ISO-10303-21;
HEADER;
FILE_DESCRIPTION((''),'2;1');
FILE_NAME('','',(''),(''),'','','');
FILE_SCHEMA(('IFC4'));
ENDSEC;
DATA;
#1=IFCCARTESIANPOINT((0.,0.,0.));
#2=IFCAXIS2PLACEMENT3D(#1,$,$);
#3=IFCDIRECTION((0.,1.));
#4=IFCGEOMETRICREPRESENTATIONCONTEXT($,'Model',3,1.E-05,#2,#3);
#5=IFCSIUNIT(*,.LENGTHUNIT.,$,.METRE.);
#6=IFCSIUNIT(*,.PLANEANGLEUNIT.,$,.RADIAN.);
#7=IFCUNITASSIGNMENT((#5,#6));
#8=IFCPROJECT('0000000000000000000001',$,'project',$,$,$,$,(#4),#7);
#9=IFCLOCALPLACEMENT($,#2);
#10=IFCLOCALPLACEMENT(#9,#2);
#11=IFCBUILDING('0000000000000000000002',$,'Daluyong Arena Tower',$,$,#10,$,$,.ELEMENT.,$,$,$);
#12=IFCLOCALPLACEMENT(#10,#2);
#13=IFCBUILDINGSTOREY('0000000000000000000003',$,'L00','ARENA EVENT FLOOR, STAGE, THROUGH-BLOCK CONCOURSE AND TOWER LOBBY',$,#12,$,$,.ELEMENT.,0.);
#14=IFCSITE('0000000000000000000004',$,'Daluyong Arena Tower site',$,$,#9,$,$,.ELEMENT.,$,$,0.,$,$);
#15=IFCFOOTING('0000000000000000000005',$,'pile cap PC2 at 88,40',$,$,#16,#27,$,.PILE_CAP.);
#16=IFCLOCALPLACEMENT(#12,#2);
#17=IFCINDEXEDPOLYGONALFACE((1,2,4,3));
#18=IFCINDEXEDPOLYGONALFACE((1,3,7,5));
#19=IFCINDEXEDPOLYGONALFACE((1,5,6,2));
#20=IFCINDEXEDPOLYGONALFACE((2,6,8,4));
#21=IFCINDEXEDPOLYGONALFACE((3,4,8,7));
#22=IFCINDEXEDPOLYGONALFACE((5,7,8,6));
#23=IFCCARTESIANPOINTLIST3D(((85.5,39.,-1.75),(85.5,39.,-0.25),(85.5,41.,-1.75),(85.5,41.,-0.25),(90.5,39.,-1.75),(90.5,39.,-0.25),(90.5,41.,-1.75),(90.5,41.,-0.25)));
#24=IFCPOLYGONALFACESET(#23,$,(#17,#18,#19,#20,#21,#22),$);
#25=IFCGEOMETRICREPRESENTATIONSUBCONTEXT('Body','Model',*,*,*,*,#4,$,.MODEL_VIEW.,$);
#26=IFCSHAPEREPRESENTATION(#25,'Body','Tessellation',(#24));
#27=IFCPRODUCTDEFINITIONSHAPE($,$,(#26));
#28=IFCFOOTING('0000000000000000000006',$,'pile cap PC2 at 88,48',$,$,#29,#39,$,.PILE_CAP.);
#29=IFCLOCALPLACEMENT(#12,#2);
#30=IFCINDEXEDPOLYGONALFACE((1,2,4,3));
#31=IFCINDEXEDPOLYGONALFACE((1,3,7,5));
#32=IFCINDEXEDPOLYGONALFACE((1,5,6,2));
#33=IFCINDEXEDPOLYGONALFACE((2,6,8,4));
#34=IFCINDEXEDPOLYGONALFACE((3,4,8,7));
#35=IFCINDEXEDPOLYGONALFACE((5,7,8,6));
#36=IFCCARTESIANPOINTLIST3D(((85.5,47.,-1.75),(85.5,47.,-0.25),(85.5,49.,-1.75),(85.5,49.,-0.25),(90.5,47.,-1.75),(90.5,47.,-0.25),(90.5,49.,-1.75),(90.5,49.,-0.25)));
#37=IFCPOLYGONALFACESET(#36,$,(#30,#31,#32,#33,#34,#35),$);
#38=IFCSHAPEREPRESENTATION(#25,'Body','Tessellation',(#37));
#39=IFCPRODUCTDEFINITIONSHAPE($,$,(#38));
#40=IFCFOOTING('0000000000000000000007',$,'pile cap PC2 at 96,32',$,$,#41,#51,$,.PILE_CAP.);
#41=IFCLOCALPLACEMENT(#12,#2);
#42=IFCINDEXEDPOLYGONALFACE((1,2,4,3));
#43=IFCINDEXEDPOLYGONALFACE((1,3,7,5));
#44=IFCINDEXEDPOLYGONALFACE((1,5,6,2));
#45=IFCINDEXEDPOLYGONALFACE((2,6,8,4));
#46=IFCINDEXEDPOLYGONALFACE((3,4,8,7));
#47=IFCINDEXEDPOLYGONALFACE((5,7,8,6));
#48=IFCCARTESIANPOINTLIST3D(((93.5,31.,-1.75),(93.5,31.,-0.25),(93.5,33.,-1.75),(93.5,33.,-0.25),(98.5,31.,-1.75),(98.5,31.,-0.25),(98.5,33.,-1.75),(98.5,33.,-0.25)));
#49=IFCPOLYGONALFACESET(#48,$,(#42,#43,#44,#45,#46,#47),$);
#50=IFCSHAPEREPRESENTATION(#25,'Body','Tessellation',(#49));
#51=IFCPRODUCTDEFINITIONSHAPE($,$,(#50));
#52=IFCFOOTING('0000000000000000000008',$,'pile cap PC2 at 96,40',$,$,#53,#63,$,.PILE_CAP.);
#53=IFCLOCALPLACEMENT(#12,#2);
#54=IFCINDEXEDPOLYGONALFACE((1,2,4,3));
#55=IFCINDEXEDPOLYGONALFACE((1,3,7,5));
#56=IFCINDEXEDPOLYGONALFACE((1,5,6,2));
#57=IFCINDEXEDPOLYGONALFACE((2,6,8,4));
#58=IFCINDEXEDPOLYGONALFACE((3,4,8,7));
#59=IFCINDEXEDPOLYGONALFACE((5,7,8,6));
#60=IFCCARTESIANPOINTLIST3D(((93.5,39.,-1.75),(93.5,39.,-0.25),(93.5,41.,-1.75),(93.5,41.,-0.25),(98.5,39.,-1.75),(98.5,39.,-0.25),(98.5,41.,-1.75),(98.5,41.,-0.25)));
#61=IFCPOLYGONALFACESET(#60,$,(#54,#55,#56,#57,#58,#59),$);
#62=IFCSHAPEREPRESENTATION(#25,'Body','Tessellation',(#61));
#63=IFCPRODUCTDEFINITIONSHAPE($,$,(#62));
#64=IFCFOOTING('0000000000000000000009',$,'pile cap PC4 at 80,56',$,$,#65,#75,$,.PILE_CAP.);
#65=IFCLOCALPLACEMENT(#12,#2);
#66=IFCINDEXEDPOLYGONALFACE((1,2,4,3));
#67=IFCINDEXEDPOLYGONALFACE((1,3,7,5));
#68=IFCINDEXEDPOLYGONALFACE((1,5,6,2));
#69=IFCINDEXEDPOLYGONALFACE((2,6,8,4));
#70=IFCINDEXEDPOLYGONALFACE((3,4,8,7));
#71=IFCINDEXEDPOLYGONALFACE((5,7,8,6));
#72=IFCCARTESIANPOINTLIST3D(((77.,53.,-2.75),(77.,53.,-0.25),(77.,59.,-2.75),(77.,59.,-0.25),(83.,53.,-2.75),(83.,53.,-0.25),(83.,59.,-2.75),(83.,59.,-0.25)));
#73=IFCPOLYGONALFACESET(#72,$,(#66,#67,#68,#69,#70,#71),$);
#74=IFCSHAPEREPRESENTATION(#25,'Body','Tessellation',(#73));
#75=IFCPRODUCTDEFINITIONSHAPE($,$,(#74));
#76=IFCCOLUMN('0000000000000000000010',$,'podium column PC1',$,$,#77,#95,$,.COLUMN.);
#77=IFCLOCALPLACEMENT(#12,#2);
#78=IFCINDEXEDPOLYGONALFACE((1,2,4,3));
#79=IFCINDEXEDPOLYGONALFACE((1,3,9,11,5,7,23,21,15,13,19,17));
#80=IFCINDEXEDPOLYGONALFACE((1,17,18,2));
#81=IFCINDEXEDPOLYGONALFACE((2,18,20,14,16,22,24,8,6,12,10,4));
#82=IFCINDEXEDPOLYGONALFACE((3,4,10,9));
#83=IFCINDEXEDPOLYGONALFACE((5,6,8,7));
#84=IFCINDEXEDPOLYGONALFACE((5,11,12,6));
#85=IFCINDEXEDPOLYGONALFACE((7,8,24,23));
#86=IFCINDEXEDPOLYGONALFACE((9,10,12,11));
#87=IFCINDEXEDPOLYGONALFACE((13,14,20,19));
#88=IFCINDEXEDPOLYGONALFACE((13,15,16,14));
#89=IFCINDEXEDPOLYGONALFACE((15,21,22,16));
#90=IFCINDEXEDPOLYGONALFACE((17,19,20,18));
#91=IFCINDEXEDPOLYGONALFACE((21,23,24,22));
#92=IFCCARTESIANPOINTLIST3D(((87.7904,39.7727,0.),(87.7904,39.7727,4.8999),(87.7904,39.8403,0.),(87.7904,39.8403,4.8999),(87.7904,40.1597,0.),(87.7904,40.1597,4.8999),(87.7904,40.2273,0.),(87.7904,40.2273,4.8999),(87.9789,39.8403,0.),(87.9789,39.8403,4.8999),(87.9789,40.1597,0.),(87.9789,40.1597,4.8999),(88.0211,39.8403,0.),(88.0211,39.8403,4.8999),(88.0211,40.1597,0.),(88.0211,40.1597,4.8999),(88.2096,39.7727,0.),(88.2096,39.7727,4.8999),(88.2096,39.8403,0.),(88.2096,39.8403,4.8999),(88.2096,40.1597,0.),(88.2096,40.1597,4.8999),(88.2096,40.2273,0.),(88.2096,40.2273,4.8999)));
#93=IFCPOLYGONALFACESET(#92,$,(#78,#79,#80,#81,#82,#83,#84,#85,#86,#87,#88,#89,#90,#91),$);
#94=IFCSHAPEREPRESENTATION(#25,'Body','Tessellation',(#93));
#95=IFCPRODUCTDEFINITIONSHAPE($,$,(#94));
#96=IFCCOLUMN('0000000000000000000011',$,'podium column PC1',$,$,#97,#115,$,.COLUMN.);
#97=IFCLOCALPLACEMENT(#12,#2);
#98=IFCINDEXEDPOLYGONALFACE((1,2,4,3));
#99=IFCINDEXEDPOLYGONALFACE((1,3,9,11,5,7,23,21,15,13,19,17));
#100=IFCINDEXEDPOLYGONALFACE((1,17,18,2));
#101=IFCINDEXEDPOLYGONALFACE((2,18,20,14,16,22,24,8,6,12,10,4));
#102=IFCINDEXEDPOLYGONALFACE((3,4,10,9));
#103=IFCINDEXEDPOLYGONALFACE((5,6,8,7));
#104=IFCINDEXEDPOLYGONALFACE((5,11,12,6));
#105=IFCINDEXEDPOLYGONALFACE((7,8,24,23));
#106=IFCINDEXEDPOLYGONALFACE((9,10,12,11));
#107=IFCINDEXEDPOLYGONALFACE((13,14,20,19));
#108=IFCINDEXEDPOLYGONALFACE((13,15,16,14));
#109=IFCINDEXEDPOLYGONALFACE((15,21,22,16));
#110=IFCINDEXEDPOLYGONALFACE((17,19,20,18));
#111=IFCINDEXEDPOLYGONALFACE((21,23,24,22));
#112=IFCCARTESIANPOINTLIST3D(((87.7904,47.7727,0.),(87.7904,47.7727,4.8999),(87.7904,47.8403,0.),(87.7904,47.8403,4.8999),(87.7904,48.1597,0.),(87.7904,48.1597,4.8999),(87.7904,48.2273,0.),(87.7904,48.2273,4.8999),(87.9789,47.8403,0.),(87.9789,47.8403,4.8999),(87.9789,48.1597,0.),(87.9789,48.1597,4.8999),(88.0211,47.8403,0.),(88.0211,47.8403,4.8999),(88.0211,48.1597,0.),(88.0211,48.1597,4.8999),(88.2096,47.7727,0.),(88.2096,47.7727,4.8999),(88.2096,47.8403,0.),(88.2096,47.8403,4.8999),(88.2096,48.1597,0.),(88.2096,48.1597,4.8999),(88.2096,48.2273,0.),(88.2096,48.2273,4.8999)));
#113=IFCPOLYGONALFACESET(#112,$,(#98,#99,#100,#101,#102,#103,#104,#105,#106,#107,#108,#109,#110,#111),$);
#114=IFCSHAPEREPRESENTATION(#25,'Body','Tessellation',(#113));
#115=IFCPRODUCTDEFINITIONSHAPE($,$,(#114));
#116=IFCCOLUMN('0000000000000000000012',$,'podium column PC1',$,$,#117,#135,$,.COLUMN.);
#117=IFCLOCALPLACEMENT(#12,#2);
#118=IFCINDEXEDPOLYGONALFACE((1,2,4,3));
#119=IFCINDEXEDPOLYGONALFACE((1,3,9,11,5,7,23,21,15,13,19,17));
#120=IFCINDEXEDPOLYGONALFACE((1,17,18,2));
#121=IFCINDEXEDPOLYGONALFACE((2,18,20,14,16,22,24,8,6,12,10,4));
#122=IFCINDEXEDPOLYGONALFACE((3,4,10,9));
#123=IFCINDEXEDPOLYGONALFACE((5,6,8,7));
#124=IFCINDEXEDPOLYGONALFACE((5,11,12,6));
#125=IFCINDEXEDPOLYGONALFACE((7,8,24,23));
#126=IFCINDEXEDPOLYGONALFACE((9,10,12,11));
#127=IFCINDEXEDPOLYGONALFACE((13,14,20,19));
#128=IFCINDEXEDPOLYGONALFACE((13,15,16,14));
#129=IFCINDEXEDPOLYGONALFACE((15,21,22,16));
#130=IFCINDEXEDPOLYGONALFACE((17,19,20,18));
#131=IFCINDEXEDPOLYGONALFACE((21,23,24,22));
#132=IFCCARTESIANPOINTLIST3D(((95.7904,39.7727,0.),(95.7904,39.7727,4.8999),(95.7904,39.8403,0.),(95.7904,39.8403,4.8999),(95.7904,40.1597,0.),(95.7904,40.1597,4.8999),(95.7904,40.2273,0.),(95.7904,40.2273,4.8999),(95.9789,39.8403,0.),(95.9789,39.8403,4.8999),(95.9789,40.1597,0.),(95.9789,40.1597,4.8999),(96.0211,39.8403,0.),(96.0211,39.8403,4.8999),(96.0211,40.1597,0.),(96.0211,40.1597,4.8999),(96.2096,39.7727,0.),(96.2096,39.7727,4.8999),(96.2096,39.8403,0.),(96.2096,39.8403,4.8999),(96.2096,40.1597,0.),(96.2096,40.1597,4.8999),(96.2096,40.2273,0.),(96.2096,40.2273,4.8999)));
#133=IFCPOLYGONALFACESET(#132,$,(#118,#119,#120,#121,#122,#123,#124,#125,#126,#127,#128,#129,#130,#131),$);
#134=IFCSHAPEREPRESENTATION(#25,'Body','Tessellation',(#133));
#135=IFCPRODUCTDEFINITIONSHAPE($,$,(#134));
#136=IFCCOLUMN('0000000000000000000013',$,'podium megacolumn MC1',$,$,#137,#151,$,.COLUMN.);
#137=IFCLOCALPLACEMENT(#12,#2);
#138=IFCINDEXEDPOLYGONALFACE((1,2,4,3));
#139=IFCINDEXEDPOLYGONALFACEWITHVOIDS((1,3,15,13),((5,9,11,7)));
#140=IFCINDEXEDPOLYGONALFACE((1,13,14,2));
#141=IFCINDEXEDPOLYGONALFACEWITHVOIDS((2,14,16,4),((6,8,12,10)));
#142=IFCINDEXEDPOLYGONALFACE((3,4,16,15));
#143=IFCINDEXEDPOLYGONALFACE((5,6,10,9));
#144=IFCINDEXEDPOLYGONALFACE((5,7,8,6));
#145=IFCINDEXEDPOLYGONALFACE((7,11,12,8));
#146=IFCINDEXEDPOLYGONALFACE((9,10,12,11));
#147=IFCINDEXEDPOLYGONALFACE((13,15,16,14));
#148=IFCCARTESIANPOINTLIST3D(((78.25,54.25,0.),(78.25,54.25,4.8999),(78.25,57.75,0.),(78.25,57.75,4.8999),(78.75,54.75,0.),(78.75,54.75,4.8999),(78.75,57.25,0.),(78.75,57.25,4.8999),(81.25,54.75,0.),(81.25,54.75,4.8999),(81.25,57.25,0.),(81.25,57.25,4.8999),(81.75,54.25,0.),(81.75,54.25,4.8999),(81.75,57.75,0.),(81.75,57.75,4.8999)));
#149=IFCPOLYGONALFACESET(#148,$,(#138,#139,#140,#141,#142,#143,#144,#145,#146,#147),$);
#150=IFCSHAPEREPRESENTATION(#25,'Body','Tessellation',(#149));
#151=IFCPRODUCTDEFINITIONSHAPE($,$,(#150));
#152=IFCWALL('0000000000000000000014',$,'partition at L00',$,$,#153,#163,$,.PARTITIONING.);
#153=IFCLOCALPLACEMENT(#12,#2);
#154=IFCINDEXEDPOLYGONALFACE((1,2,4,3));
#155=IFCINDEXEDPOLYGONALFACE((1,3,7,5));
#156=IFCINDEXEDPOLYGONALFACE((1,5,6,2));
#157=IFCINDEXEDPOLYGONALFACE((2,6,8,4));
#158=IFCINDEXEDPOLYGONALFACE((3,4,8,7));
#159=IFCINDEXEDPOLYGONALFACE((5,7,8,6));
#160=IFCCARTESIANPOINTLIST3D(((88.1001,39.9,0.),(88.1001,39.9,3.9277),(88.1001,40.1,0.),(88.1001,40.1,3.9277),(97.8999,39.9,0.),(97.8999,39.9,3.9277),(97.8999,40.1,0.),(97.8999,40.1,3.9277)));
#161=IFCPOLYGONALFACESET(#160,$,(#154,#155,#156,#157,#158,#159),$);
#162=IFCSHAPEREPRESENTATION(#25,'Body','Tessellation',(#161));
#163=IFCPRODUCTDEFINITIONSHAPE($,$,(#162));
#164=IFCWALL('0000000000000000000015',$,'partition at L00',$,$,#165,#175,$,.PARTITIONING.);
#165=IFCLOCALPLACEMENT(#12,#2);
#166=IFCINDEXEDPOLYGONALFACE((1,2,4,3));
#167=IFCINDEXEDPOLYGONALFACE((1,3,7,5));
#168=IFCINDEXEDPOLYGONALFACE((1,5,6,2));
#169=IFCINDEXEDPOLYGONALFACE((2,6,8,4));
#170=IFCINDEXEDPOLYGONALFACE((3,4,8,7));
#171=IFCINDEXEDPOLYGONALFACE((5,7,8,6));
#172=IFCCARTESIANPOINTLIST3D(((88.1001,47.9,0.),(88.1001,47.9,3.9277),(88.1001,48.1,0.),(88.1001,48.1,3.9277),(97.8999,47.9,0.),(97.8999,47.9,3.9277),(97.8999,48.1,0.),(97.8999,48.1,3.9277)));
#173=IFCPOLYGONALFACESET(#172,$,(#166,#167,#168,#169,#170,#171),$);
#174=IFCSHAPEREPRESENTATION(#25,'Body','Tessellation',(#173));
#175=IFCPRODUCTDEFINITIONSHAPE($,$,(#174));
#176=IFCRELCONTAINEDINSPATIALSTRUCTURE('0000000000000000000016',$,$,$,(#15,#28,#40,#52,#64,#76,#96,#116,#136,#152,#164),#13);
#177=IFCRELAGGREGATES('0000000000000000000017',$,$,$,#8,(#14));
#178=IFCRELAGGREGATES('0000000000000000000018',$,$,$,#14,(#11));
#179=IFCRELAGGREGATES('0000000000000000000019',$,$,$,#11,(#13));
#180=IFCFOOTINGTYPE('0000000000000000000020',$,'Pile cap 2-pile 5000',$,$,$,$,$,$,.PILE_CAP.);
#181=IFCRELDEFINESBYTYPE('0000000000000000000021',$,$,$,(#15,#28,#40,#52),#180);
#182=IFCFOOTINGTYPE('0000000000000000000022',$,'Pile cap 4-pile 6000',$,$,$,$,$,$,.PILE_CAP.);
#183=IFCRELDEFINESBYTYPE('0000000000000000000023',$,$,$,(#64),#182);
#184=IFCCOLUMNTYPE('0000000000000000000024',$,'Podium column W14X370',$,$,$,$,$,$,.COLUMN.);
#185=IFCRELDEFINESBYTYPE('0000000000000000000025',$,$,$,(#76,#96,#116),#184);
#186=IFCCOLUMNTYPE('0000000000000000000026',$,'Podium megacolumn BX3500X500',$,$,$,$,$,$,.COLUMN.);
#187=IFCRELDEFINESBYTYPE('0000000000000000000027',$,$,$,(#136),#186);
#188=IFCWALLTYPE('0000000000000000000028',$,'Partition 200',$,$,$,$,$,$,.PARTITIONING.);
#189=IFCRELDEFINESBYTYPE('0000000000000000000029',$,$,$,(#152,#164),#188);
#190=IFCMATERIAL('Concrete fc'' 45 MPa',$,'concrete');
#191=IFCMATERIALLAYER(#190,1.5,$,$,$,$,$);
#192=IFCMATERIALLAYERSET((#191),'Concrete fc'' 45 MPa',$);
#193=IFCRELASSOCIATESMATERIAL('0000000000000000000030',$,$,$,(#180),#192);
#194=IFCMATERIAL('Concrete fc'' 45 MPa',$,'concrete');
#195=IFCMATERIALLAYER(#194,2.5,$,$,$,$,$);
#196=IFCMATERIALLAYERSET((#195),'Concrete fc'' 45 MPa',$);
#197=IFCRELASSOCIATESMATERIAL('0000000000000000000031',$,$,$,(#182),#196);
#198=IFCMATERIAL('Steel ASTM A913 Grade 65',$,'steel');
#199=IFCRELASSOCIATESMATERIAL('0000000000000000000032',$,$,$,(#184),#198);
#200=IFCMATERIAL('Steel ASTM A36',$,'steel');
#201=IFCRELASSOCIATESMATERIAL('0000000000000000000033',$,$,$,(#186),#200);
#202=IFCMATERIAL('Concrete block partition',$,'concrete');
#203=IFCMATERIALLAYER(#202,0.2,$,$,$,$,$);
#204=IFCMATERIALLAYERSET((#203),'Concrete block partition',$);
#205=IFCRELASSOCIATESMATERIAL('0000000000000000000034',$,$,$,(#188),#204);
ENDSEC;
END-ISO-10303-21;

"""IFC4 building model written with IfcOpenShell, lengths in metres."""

from ifc_helpers import new_model, si_unit, direction, frame, frame_2d, origin, origin_2d, place, context, subcontext, project, spatial, rectangle, hollow_rectangle, i_section, extrude, material, layer, layer_set, material_profile, profile_set, type_object, element, save


model = new_model("IFC4")

# Units and contexts
model_context = context("Model", 3, precision=1e-05, world=origin(), true_north=direction((0.0, 1.0)))
body_context = subcontext(model_context, "Body", "Model", "MODEL_VIEW")
ifc_project = project(units=[si_unit("LENGTHUNIT", "METRE"), si_unit("PLANEANGLEUNIT", "RADIAN")], contexts=[model_context])

# Site, building, storey
site_placement = place(None, origin())
site = spatial("IfcSite", under=ifc_project, at=site_placement, Name="Daluyong Arena Tower site", CompositionType="ELEMENT", RefElevation=0.0)
building_placement = place(site_placement, origin())
building = spatial("IfcBuilding", under=site, at=building_placement, Name="Daluyong Arena Tower", CompositionType="ELEMENT")
storey_placement = place(building_placement, origin())
storey = spatial("IfcBuildingStorey", under=building, at=storey_placement, Name="L00", Description="ARENA EVENT FLOOR, STAGE, THROUGH-BLOCK CONCOURSE AND TOWER LOBBY", CompositionType="ELEMENT", Elevation=0.0)

# Footings
ifc_material_1 = material(Name="Concrete fc' 45 MPa", Category="concrete")
ifc_layer_1 = layer(ifc_material_1, 1.5)
ifc_layer_set_1 = layer_set([ifc_layer_1], Name="Concrete fc' 45 MPa")
footing_type_1 = type_object("IfcFootingType", Name="Pile cap 2-pile 5000", PredefinedType="PILE_CAP", material=ifc_layer_set_1)
for number, where, z_axis, x_axis, name in (
    (1, (88.0, 40.0, -1.75), (0.0, 0.0, 1.0), (1.0, 0.0, 0.0), "pile cap PC2 at 88,40"),
    (2, (88.0, 48.0, -1.75), (0.0, 0.0, 1.0), (1.0, 0.0, 0.0), "pile cap PC2 at 88,48"),
    (3, (96.0, 32.0, -1.75), (0.0, 0.0, 1.0), (1.0, 0.0, 0.0), "pile cap PC2 at 96,32"),
    (4, (96.0, 40.0, -1.75), (0.0, 0.0, 1.0), (1.0, 0.0, 0.0), "pile cap PC2 at 96,40"),
):
    element("IfcFooting", number, at=place(storey_placement, frame(where, z_axis=z_axis, x_axis=x_axis)), inside=storey, type_object=footing_type_1, Name=name, PredefinedType="PILE_CAP", context=body_context, shape_type="SweptSolid", body=[
        extrude(rectangle(XDim=5.0, YDim=2.0, at=origin_2d()), origin(), (0.0, 0.0, 1.0), 1.5),
    ])
ifc_material_2 = material(Name="Concrete fc' 45 MPa", Category="concrete")
ifc_layer_2 = layer(ifc_material_2, 2.5)
ifc_layer_set_2 = layer_set([ifc_layer_2], Name="Concrete fc' 45 MPa")
footing_type_2 = type_object("IfcFootingType", Name="Pile cap 4-pile 6000", PredefinedType="PILE_CAP", material=ifc_layer_set_2)
footing_placement = place(storey_placement, frame((80.0, 56.0, -2.75), z_axis=(0.0, 0.0, 1.0), x_axis=(1.0, 0.0, 0.0)))
element("IfcFooting", 5, at=footing_placement, inside=storey, type_object=footing_type_2, Name="pile cap PC4 at 80,56", PredefinedType="PILE_CAP", context=body_context, shape_type="SweptSolid", body=[
    extrude(rectangle(XDim=6.0, YDim=6.0, at=origin_2d()), origin(), (0.0, 0.0, 1.0), 2.5),
])

# Columns
ifc_material_3 = material(Name="Steel ASTM A913 Grade 65", Category="steel")
ifc_material_profile_1 = material_profile(ifc_material_3, i_section(OverallWidth=0.4192, OverallDepth=0.4546, WebThickness=0.0422, FlangeThickness=0.0676, at=origin_2d()))
ifc_profile_set_1 = profile_set([ifc_material_profile_1], Name="Steel ASTM A913 Grade 65")
column_type_1 = type_object("IfcColumnType", Name="Podium column W14X370", PredefinedType="COLUMN", material=ifc_profile_set_1)
for number, where, z_axis, x_axis, name in (
    (6, (88.0, 40.0, 0.0), (0.0, 0.0, 1.0), (1.0, 0.0, 0.0), "podium column PC1"),
    (7, (88.0, 48.0, 0.0), (0.0, 0.0, 1.0), (1.0, 0.0, 0.0), "podium column PC1"),
    (8, (96.0, 40.0, 0.0), (0.0, 0.0, 1.0), (1.0, 0.0, 0.0), "podium column PC1"),
):
    element("IfcColumn", number, at=place(storey_placement, frame(where, z_axis=z_axis, x_axis=x_axis)), inside=storey, type_object=column_type_1, Name=name, PredefinedType="COLUMN", context=body_context, shape_type="SweptSolid", body=[
        extrude(i_section(OverallWidth=0.4192, OverallDepth=0.4546, WebThickness=0.0422, FlangeThickness=0.0676, at=origin_2d()), origin(), (0.0, 0.0, 1.0), 4.8999),
    ])
ifc_material_4 = material(Name="Steel ASTM A36", Category="steel")
ifc_material_profile_2 = material_profile(ifc_material_4, hollow_rectangle(XDim=3.5, YDim=3.5, WallThickness=0.5, at=origin_2d()))
ifc_profile_set_2 = profile_set([ifc_material_profile_2], Name="Steel ASTM A36")
column_type_2 = type_object("IfcColumnType", Name="Podium megacolumn BX3500X500", PredefinedType="COLUMN", material=ifc_profile_set_2)
column_placement = place(storey_placement, frame((80.0, 56.0, 0.0), z_axis=(0.0, 0.0, 1.0), x_axis=(1.0, 0.0, 0.0)))
element("IfcColumn", 9, at=column_placement, inside=storey, type_object=column_type_2, Name="podium megacolumn MC1", PredefinedType="COLUMN", context=body_context, shape_type="SweptSolid", body=[
    extrude(hollow_rectangle(XDim=3.5, YDim=3.5, WallThickness=0.5, at=origin_2d()), origin(), (0.0, 0.0, 1.0), 4.8999),
])

# Walls
ifc_material_5 = material(Name="Concrete block partition", Category="concrete")
ifc_layer_3 = layer(ifc_material_5, 0.2)
ifc_layer_set_3 = layer_set([ifc_layer_3], Name="Concrete block partition")
wall_type = type_object("IfcWallType", Name="Partition 200", PredefinedType="PARTITIONING", material=ifc_layer_set_3)
for number, where, z_axis, x_axis, name in (
    (10, (88.1001, 40.0, 0.0), (0.0, 0.0, 1.0), (1.0, 0.0, 0.0), "partition at L00"),
    (11, (88.1001, 48.0, 0.0), (0.0, 0.0, 1.0), (1.0, 0.0, 0.0), "partition at L00"),
):
    element("IfcWall", number, at=place(storey_placement, frame(where, z_axis=z_axis, x_axis=x_axis)), inside=storey, type_object=wall_type, Name=name, PredefinedType="PARTITIONING", context=body_context, shape_type="SweptSolid", body=[
        extrude(rectangle(XDim=9.7998, YDim=0.2, at=frame_2d((4.8999, 0.0))), origin(), (0.0, 0.0, 1.0), 3.9277),
    ])

save(model, "model.ifc")
